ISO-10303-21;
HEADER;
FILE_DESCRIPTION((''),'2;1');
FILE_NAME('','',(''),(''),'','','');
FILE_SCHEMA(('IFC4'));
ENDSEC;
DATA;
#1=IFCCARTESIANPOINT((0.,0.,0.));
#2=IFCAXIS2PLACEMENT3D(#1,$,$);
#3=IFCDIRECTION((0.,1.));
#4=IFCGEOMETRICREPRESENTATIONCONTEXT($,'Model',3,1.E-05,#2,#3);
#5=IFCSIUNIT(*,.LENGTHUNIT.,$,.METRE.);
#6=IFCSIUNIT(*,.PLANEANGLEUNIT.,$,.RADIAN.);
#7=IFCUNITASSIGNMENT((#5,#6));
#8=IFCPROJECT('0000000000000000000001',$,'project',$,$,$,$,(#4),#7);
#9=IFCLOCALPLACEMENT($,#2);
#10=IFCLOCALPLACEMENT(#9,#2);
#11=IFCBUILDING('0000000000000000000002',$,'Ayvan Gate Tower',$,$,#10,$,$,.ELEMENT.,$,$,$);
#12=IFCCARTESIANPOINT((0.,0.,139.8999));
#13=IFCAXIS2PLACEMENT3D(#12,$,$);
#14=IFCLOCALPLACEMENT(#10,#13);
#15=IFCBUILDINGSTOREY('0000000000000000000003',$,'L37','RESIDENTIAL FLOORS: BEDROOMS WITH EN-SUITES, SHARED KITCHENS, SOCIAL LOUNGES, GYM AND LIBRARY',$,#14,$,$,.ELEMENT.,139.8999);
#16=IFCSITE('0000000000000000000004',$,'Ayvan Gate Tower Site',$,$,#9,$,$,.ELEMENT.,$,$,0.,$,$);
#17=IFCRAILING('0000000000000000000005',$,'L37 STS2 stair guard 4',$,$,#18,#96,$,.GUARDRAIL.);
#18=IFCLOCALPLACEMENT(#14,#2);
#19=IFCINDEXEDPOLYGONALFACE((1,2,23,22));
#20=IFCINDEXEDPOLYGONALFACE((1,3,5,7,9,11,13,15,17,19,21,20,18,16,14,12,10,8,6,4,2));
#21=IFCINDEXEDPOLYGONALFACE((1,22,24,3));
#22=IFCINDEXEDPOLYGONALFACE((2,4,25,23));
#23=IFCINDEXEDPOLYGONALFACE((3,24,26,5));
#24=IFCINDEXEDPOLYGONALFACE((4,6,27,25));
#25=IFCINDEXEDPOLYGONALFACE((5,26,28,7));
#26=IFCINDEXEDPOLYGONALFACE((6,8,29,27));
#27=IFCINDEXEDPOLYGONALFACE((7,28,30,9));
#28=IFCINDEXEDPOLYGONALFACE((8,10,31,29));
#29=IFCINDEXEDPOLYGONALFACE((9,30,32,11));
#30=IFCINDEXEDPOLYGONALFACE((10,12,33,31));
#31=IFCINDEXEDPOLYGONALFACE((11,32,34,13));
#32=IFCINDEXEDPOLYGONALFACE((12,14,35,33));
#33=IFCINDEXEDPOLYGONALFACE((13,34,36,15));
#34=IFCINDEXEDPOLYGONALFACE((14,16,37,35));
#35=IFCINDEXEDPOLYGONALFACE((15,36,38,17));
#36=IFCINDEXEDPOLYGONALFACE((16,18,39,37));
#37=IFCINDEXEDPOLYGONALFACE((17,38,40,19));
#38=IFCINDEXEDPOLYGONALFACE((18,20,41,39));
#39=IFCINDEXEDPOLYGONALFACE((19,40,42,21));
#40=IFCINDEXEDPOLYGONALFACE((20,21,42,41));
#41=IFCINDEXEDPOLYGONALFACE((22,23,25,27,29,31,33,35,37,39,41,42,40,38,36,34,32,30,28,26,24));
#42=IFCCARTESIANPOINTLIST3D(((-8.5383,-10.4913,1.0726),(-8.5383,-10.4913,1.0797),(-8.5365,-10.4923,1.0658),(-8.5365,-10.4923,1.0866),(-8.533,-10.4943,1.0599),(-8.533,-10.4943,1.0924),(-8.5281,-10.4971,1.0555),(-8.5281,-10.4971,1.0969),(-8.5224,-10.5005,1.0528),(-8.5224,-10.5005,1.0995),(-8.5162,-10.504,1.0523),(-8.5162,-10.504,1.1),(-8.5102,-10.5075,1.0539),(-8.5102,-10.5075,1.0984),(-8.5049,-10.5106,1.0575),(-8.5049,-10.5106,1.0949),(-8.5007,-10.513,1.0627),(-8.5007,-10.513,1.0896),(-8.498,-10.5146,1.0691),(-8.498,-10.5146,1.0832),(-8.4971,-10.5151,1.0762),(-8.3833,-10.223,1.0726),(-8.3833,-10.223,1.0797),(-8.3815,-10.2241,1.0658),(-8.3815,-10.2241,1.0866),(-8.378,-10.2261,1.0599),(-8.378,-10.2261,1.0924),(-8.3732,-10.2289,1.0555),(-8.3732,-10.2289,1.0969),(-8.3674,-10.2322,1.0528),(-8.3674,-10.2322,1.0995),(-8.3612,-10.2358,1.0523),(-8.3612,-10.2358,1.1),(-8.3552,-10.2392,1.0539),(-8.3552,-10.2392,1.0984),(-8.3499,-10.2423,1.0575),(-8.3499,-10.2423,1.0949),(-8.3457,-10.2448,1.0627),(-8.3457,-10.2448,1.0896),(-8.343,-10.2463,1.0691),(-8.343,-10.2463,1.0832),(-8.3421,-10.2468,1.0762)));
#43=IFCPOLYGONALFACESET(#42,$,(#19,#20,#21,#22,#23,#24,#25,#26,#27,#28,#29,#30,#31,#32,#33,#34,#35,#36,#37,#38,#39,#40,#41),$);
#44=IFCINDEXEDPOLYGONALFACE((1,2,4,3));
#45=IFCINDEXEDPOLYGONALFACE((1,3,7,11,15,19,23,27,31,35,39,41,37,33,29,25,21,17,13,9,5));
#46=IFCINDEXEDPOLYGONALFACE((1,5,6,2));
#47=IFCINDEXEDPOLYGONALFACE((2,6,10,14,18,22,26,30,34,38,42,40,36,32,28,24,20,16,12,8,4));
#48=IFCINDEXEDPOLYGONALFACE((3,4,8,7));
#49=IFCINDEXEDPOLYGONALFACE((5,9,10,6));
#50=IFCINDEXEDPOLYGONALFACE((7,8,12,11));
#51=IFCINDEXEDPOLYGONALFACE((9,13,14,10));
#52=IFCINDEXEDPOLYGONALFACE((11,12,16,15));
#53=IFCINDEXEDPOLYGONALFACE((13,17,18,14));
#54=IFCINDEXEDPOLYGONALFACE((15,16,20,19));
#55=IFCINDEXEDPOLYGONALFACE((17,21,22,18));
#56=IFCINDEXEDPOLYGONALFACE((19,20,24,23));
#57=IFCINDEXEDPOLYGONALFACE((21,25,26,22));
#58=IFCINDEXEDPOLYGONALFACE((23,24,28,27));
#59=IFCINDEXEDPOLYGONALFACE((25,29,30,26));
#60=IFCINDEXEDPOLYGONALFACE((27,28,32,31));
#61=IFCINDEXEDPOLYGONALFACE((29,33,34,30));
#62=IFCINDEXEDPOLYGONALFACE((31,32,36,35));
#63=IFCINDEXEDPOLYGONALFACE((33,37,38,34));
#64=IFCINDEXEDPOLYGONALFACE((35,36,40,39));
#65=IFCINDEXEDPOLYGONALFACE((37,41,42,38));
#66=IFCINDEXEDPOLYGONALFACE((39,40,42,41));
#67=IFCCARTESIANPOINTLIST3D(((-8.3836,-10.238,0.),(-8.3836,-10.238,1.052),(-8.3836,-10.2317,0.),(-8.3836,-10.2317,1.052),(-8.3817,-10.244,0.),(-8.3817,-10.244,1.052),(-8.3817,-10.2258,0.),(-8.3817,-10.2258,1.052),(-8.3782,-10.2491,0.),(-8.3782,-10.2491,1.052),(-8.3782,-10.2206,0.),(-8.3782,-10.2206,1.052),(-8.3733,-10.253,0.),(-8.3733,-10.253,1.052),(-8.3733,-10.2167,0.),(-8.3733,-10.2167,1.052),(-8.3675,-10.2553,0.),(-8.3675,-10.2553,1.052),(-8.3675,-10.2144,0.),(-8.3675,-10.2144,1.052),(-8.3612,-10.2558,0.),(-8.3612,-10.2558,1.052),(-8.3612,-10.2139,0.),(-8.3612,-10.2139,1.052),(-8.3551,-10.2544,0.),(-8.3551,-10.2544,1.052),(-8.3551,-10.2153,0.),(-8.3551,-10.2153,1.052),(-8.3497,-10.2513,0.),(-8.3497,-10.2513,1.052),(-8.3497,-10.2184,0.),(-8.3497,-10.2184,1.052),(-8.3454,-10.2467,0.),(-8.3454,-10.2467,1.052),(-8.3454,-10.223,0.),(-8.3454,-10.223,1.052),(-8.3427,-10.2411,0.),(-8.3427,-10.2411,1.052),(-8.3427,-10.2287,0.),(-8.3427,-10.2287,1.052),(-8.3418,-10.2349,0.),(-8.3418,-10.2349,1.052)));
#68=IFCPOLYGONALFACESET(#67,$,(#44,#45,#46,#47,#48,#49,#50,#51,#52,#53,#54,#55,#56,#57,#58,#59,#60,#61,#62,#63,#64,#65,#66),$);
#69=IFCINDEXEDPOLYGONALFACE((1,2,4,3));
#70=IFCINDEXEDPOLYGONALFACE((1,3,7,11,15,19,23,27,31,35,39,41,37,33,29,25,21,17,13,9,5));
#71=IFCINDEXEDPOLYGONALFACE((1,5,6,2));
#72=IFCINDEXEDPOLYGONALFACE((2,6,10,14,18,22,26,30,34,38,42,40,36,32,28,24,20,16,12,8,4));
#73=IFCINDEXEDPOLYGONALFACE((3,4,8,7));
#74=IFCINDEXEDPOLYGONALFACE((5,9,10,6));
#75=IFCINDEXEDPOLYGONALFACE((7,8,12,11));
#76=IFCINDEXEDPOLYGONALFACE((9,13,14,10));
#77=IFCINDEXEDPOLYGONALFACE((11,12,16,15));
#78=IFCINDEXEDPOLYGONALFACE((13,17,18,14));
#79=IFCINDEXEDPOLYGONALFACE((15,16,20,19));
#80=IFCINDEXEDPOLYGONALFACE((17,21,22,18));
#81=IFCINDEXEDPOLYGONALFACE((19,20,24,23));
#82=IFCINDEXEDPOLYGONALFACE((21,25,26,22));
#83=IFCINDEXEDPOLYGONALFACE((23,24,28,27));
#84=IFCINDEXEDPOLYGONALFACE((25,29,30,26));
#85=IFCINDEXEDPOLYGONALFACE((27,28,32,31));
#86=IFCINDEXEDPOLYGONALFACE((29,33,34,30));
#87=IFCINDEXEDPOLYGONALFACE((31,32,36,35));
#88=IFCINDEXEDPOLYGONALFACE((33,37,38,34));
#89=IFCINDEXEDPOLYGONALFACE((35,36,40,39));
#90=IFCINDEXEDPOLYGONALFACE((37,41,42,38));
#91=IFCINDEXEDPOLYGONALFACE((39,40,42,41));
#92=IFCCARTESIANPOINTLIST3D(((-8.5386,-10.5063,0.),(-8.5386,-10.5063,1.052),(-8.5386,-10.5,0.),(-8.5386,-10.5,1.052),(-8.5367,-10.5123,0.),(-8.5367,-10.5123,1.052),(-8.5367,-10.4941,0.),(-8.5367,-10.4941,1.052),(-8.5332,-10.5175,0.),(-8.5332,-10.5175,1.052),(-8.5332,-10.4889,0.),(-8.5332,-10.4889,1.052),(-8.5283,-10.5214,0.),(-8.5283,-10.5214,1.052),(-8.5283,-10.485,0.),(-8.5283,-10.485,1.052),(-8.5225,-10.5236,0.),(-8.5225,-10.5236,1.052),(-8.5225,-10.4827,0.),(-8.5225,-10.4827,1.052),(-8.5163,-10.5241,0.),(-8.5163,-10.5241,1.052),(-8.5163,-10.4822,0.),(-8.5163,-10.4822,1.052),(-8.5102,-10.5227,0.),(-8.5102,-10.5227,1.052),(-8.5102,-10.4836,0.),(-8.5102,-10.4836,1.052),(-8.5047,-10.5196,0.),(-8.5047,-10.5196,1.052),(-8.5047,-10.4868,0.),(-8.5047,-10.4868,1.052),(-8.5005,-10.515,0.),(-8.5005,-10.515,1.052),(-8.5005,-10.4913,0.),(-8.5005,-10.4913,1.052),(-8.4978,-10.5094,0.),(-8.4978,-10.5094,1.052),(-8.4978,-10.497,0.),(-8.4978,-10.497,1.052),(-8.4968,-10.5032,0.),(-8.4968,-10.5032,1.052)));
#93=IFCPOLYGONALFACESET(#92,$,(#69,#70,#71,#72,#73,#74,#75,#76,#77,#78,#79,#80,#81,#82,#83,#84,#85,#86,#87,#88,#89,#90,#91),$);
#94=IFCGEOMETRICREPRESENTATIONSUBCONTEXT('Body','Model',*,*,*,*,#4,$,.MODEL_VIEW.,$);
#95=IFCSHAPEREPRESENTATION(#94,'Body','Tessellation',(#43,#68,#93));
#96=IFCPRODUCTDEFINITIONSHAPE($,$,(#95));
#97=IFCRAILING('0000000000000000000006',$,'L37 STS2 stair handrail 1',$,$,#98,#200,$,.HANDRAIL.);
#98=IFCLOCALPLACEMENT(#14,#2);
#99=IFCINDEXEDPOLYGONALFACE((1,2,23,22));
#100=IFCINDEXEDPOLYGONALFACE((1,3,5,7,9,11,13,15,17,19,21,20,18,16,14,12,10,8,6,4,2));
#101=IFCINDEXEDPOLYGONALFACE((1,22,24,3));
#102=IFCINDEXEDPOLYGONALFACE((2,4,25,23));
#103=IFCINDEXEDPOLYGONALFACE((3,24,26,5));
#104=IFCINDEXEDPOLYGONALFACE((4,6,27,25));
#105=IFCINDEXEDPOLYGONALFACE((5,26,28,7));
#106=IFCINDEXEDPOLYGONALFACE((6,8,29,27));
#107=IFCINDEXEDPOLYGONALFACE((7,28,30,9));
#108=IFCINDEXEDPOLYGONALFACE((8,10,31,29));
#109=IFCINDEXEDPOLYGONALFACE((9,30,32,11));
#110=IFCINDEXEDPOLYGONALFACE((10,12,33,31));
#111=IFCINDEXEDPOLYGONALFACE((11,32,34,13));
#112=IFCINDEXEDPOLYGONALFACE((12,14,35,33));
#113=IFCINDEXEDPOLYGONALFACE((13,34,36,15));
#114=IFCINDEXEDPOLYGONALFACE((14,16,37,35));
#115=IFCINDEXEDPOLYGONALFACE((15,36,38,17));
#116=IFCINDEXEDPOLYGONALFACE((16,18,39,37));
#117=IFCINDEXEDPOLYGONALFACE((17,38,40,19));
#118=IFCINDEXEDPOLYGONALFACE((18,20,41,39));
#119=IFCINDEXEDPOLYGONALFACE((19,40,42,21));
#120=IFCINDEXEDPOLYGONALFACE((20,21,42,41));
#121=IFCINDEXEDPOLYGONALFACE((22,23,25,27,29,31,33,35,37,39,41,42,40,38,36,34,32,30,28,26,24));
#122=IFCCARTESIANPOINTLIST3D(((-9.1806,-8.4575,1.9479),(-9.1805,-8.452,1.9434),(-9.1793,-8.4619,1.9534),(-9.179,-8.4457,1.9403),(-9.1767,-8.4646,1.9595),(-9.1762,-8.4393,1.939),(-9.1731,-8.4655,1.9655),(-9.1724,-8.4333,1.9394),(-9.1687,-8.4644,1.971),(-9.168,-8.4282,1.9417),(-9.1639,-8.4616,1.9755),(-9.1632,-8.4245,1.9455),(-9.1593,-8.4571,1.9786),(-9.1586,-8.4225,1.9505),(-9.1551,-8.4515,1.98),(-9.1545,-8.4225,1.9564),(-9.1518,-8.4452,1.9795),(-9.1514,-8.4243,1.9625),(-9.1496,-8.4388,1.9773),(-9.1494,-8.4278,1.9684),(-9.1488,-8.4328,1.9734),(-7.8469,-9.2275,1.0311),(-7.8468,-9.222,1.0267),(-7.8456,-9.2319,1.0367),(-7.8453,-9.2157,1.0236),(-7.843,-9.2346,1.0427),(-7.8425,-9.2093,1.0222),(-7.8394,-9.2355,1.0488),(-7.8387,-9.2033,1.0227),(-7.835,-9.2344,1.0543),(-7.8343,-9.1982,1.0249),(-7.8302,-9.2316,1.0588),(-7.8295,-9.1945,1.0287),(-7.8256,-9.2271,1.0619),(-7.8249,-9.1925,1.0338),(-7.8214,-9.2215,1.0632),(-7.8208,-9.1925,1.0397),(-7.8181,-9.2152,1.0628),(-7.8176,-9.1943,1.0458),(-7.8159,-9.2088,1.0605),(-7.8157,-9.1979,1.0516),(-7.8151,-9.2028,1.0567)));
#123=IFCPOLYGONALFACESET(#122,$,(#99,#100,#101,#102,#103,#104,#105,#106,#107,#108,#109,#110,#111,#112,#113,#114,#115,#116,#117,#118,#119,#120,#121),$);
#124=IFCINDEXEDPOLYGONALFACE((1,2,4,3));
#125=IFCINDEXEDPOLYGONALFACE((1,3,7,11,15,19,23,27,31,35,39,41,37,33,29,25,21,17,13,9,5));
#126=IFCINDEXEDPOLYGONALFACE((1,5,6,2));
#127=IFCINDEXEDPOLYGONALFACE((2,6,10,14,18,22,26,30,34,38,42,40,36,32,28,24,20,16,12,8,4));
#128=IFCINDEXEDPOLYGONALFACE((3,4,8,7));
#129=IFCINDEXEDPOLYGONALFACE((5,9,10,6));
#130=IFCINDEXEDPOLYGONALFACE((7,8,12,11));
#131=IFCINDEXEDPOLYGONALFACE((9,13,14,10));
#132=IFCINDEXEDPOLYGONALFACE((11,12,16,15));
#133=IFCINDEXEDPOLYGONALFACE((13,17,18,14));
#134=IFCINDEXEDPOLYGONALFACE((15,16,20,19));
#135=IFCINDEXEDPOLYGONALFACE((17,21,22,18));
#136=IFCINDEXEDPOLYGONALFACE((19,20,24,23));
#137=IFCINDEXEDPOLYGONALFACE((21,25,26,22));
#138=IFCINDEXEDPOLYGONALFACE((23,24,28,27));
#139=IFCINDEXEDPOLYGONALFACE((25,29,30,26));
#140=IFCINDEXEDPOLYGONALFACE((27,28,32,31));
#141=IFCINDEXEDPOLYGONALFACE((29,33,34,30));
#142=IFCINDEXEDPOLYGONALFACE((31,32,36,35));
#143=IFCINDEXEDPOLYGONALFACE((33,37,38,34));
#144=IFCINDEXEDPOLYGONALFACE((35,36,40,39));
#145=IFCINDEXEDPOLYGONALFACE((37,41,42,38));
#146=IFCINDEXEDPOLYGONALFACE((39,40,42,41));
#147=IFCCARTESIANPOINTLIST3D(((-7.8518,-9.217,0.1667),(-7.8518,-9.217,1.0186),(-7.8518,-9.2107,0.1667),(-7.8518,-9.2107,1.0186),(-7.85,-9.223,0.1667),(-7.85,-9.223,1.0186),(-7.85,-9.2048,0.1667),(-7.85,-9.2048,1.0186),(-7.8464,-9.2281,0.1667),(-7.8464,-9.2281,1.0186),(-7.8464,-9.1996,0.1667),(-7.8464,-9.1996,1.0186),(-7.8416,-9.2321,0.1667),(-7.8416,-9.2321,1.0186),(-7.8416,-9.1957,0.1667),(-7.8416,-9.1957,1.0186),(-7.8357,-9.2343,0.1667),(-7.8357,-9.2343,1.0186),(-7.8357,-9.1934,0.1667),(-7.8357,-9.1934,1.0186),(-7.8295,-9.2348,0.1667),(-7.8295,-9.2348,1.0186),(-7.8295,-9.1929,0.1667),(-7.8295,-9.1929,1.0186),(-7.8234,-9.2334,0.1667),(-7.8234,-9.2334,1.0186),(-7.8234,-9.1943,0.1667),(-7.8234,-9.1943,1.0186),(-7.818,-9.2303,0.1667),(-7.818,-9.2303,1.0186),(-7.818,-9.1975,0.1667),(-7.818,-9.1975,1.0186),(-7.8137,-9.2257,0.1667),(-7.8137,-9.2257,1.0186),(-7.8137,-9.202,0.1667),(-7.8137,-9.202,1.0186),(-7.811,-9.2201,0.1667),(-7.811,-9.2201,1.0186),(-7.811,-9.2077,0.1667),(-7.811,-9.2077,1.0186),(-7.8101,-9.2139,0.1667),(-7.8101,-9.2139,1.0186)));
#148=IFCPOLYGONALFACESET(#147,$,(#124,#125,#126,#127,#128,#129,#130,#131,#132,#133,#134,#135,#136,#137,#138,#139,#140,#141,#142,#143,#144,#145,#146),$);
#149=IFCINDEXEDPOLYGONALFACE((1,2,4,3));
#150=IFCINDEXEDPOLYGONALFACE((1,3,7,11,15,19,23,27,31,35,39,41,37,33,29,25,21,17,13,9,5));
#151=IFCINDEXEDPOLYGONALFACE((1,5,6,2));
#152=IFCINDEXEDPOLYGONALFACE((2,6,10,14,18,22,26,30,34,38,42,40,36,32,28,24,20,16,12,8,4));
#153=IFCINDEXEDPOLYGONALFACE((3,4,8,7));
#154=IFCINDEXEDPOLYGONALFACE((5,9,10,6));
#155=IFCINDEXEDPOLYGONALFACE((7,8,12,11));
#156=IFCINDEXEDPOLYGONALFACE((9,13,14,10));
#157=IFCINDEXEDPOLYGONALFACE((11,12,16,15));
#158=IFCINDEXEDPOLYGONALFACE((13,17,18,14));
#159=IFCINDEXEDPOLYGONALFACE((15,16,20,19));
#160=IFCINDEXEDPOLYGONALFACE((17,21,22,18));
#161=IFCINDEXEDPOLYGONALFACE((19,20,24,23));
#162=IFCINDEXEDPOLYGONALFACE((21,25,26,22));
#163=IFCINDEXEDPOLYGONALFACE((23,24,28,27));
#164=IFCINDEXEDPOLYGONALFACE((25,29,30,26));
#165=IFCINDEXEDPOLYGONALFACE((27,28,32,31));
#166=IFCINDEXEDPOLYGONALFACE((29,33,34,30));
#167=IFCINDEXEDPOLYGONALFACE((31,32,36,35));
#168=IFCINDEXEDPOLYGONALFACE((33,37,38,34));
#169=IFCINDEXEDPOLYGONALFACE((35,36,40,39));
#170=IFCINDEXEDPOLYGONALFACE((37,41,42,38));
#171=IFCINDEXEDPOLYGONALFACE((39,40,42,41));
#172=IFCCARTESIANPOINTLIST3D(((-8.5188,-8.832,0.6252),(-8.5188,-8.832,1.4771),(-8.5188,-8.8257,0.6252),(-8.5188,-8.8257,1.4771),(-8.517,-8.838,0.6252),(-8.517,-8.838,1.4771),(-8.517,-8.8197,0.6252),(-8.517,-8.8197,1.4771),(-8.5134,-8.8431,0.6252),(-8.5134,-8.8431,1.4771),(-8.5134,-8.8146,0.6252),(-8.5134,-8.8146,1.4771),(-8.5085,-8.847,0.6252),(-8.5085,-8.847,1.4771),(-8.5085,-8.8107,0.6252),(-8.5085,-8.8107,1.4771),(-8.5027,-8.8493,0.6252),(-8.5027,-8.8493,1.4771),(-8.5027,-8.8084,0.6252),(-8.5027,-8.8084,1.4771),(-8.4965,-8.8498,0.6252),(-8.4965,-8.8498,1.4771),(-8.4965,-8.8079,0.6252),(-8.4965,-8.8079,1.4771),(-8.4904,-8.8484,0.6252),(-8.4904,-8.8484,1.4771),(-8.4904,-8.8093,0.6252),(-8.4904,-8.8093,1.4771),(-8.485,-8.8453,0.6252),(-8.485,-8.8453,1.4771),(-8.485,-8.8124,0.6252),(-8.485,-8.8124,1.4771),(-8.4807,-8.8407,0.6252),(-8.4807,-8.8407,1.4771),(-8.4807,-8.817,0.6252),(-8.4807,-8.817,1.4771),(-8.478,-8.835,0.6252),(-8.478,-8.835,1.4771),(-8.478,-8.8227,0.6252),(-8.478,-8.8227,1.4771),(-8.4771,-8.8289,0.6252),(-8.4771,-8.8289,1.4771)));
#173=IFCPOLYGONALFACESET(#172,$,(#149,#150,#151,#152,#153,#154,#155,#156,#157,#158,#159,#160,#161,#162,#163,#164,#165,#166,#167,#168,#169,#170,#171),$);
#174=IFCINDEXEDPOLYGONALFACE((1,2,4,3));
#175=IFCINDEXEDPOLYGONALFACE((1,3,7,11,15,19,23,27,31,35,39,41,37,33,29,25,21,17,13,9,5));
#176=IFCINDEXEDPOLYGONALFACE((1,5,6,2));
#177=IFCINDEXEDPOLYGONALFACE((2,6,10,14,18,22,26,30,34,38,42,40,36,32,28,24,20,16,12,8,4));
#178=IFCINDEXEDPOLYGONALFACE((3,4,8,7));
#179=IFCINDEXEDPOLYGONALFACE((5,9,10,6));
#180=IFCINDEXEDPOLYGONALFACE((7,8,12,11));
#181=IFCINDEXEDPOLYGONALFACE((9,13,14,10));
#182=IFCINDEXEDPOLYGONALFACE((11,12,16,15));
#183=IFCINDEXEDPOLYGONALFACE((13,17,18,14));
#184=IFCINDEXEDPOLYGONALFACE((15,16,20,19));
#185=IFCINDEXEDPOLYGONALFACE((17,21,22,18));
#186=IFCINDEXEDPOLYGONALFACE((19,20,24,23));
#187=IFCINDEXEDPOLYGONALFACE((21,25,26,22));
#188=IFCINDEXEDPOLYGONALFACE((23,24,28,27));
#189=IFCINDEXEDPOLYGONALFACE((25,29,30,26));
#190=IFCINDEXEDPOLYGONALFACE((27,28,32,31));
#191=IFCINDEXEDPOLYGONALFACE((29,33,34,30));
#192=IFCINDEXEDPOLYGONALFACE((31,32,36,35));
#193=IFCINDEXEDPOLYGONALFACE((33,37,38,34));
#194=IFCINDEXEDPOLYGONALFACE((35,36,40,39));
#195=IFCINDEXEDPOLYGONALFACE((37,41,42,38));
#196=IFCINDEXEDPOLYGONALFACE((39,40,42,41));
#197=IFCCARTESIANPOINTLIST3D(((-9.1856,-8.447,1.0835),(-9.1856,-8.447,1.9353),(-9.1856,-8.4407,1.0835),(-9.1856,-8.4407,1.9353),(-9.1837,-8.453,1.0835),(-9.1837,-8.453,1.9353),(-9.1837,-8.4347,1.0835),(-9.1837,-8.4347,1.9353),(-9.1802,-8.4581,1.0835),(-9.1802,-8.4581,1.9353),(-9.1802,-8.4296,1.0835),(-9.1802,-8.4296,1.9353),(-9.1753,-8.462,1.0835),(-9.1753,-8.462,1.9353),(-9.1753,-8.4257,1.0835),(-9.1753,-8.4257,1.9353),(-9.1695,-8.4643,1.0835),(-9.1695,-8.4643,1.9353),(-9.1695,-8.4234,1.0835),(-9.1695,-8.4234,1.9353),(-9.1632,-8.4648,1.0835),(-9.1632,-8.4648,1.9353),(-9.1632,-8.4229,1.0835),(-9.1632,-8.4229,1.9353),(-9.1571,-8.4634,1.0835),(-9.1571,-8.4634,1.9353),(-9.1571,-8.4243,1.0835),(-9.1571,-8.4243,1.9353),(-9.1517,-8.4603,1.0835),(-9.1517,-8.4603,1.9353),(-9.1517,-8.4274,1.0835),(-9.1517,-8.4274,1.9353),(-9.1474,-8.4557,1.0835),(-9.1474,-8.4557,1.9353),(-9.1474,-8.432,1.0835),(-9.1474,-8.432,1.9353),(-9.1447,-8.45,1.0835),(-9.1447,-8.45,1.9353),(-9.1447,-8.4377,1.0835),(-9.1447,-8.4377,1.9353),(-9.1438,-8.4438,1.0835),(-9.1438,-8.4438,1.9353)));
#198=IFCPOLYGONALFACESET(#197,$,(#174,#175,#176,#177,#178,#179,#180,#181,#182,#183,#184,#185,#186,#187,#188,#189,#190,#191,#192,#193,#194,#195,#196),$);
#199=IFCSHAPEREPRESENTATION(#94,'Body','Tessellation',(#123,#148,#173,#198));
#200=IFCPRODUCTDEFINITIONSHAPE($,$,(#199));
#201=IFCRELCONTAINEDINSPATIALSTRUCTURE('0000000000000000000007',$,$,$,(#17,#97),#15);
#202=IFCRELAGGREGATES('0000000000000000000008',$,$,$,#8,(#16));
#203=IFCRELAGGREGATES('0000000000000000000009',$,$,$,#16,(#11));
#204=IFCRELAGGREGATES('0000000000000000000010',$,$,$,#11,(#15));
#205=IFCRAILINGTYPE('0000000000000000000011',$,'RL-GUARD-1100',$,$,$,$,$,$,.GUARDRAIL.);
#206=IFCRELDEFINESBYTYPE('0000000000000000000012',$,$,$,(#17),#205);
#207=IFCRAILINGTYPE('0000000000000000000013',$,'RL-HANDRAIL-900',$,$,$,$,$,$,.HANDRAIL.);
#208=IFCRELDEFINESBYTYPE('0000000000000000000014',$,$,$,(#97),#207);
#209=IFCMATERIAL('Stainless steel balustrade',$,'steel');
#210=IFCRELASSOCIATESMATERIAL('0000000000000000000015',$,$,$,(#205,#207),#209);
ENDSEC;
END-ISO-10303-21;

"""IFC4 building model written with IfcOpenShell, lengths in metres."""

from ifc_helpers import new_model, si_unit, direction, frame, origin, origin_2d, place, context, subcontext, project, spatial, circle, extrude, material, type_object, element, save


model = new_model("IFC4")

# Units and contexts
model_context = context("Model", 3, precision=1e-05, world=origin(), true_north=direction((0.0, 1.0)))
body_context = subcontext(model_context, "Body", "Model", "MODEL_VIEW")
ifc_project = project(units=[si_unit("LENGTHUNIT", "METRE"), si_unit("PLANEANGLEUNIT", "RADIAN")], contexts=[model_context])

# Site, building, storey
site_placement = place(None, origin())
site = spatial("IfcSite", under=ifc_project, at=site_placement, Name="Ayvan Gate Tower Site", CompositionType="ELEMENT", RefElevation=0.0)
building_placement = place(site_placement, origin())
building = spatial("IfcBuilding", under=site, at=building_placement, Name="Ayvan Gate Tower", CompositionType="ELEMENT")
storey_placement = place(building_placement, frame((0.0, 0.0, 139.8999)))
storey = spatial("IfcBuildingStorey", under=building, at=storey_placement, Name="L37", Description="RESIDENTIAL FLOORS: BEDROOMS WITH EN-SUITES, SHARED KITCHENS, SOCIAL LOUNGES, GYM AND LIBRARY", CompositionType="ELEMENT", Elevation=139.8999)

# Railings
ifc_material_1 = material(Name="Stainless steel balustrade", Category="steel")
railing_type_1 = type_object("IfcRailingType", Name="RL-GUARD-1100", PredefinedType="GUARDRAIL", material=ifc_material_1)
railing_1_placement = place(storey_placement, frame((-8.3628, -10.2349, 0.0)))
element("IfcRailing", 1, at=railing_1_placement, inside=storey, type_object=railing_type_1, Name="L37 STS2 stair guard 4", PredefinedType="GUARDRAIL", context=body_context, shape_type="SweptSolid", body=[
    extrude(circle(Radius=0.0239, at=origin_2d()), frame((0.0, 0.0, 1.0762), z_axis=(-0.500291, -0.865857, 0.0), x_axis=(0.865857, -0.500291, 0.0)), (0.0, 0.0, 1.0), 0.3098),
    extrude(circle(Radius=0.021, at=origin_2d()), origin(), (0.0, 0.0, 1.0), 1.052),
    extrude(circle(Radius=0.021, at=origin_2d()), frame((-0.155, -0.2683, 0.0)), (0.0, 0.0, 1.0), 1.052),
])
railing_type_2 = type_object("IfcRailingType", Name="RL-HANDRAIL-900", PredefinedType="HANDRAIL", material=ifc_material_1)
railing_2_placement = place(storey_placement, frame((-7.8311, -9.2139, 0.1667)))
element("IfcRailing", 2, at=railing_2_placement, inside=storey, type_object=railing_type_2, Name="L37 STS2 stair handrail 1", PredefinedType="HANDRAIL", context=body_context, shape_type="SweptSolid", body=[
    extrude(circle(Radius=0.0239, at=origin_2d()), frame((0.0, 0.0, 0.876), z_axis=(-0.744164, 0.429634, 0.511502), x_axis=(-0.499992, -0.86603, 0.0)), (0.0, 0.0, 1.0), 1.7922),
    extrude(circle(Radius=0.021, at=origin_2d()), origin(), (0.0, 0.0, 1.0), 0.8518),
    extrude(circle(Radius=0.021, at=origin_2d()), frame((-0.667, 0.385, 0.4585)), (0.0, 0.0, 1.0), 0.8518),
    extrude(circle(Radius=0.021, at=origin_2d()), frame((-1.3337, 0.77, 0.9167)), (0.0, 0.0, 1.0), 0.8518),
])

save(model, "model.ifc")
